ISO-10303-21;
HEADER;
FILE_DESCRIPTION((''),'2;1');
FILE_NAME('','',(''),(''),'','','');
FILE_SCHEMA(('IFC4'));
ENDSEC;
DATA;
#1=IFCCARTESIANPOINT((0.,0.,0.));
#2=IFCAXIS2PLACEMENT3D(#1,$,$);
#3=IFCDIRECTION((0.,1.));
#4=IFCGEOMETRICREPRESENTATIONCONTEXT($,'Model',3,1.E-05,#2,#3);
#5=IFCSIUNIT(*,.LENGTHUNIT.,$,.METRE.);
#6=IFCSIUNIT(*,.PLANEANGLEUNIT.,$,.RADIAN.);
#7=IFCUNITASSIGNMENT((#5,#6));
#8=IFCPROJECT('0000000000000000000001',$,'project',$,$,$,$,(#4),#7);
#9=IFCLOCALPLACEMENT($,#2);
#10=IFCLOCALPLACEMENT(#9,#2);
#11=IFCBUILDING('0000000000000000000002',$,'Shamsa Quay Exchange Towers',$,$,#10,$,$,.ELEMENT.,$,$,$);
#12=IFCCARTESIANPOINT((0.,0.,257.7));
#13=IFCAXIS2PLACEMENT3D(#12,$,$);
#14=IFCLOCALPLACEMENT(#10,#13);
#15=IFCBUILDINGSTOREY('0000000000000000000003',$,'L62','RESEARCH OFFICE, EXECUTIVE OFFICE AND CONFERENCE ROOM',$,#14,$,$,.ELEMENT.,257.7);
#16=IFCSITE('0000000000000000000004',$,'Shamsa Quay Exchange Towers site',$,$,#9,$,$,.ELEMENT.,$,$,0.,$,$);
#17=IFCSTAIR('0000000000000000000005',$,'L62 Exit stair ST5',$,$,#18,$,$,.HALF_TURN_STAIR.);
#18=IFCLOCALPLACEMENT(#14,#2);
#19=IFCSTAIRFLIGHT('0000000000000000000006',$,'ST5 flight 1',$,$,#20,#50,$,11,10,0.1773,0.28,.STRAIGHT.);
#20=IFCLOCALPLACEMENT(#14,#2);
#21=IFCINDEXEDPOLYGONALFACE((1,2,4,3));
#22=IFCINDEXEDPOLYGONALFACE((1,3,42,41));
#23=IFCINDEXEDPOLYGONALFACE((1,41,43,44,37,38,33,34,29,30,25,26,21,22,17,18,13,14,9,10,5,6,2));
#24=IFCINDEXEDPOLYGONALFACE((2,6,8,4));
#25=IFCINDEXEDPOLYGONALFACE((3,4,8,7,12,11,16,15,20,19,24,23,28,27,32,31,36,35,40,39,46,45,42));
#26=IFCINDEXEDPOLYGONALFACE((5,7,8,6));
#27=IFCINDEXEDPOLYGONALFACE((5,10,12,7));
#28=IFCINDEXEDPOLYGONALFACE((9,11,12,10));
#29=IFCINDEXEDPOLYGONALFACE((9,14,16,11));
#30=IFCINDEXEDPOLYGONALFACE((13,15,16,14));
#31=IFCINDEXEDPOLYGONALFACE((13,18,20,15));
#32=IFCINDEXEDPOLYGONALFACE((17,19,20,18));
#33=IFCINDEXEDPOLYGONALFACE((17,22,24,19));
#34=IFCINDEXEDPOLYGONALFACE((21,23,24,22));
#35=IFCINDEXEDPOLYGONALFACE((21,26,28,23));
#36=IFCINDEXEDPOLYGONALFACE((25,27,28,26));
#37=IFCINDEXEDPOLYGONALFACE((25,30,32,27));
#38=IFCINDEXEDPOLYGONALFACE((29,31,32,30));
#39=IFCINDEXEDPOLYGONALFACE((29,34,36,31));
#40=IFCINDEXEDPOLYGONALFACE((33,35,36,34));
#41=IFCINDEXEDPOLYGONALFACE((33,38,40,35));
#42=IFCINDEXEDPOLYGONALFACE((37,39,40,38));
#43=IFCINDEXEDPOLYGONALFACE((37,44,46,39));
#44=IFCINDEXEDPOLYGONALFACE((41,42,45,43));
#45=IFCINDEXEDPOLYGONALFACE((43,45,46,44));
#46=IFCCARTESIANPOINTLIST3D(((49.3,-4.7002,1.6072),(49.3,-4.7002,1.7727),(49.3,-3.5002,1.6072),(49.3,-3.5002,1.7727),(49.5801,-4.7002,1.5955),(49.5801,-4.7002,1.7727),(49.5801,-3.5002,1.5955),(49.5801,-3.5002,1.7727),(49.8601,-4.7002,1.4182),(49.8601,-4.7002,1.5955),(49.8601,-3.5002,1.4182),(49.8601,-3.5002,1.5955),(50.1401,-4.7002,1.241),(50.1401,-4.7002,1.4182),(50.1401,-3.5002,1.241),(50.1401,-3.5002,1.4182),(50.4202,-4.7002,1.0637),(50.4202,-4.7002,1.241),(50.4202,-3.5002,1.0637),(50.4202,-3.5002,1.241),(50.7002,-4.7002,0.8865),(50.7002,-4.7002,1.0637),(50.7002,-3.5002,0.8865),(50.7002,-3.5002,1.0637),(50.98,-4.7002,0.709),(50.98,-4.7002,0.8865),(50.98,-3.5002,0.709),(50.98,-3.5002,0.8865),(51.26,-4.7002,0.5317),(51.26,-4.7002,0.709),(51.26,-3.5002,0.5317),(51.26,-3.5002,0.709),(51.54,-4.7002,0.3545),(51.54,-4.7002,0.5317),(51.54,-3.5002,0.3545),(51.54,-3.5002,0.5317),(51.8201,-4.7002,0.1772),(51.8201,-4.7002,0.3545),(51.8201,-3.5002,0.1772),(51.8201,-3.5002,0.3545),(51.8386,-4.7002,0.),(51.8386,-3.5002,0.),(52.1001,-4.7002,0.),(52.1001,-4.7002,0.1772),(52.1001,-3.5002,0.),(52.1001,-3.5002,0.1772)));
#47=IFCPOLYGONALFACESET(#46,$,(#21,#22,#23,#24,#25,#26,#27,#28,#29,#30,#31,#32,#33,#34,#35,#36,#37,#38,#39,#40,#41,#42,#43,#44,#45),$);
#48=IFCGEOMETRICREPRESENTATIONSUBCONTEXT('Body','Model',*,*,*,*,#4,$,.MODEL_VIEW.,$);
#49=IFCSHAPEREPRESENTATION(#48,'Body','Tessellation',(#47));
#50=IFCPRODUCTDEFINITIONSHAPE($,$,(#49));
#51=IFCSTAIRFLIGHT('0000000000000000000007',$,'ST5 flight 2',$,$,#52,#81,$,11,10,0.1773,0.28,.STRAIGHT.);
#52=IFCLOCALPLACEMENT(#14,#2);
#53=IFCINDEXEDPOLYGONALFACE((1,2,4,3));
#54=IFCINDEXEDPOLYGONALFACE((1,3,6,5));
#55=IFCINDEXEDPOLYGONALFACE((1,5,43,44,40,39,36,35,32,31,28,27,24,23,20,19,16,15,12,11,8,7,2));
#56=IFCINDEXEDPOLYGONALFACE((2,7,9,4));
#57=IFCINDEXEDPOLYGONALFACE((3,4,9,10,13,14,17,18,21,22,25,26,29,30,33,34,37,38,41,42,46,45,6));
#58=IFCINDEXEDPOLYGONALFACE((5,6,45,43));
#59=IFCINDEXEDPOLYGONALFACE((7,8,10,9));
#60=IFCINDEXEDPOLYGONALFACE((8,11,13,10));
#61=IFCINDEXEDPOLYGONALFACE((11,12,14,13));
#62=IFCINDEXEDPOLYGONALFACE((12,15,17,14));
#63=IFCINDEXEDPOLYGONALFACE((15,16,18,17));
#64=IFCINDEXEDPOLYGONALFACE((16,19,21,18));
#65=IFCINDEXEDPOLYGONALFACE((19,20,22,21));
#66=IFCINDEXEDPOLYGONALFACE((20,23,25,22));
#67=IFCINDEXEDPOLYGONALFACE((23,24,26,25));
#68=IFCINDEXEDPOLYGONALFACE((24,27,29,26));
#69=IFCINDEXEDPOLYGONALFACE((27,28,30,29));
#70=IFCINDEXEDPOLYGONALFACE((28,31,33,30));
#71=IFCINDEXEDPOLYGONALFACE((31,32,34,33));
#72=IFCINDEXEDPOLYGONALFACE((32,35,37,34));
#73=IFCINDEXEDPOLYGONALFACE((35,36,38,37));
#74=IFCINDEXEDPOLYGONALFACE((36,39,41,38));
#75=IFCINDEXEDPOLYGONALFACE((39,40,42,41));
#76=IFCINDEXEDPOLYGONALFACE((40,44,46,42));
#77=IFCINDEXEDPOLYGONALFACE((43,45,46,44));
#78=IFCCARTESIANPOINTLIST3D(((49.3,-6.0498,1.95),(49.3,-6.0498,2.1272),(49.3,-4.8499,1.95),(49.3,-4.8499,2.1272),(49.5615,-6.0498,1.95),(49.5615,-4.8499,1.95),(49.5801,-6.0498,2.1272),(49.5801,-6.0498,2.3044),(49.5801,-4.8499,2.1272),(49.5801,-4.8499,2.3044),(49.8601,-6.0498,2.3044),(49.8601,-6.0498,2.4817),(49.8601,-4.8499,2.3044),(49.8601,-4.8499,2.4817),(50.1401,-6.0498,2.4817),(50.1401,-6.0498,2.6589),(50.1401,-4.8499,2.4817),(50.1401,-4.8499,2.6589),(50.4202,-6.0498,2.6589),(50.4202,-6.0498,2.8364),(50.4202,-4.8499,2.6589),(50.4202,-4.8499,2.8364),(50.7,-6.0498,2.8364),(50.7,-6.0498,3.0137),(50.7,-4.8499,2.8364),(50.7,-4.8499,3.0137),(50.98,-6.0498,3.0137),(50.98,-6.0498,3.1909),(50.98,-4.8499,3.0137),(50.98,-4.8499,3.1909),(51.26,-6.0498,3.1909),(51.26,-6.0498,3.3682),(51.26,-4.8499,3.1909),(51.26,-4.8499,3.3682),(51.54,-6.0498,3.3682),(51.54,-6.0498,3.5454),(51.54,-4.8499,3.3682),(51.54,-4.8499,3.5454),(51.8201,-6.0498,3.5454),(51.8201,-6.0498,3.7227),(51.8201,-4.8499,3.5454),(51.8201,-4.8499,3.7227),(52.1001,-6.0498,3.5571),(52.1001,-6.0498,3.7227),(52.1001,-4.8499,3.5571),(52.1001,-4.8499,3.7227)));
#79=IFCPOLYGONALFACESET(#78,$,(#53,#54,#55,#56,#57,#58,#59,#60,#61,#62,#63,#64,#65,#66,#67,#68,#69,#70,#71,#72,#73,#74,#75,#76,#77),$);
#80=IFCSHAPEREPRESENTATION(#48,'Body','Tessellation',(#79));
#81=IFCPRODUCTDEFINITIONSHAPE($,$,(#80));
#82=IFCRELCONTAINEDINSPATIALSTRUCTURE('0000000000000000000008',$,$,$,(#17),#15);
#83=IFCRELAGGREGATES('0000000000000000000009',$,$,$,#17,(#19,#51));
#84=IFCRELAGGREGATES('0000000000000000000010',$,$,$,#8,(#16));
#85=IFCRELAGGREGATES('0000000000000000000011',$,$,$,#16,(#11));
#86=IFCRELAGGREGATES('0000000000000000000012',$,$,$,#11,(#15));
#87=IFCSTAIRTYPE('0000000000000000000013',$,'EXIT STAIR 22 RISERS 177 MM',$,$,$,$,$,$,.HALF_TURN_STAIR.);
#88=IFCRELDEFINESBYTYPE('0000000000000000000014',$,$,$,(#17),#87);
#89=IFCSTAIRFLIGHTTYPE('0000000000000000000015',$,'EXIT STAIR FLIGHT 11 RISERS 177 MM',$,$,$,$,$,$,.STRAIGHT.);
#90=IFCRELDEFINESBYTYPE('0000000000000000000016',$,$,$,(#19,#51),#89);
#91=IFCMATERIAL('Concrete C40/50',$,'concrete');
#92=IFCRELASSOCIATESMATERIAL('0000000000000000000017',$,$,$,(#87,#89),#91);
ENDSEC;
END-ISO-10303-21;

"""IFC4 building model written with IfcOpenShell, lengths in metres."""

from ifc_helpers import new_model, si_unit, direction, frame, origin, place, context, subcontext, project, spatial, polyline, outline, extrude, material, type_object, element, aggregate, save


model = new_model("IFC4")

# Units and contexts
model_context = context("Model", 3, precision=1e-05, world=origin(), true_north=direction((0.0, 1.0)))
body_context = subcontext(model_context, "Body", "Model", "MODEL_VIEW")
ifc_project = project(units=[si_unit("LENGTHUNIT", "METRE"), si_unit("PLANEANGLEUNIT", "RADIAN")], contexts=[model_context])

# Site, building, storey
site_placement = place(None, origin())
site = spatial("IfcSite", under=ifc_project, at=site_placement, Name="Shamsa Quay Exchange Towers site", CompositionType="ELEMENT", RefElevation=0.0)
building_placement = place(site_placement, origin())
building = spatial("IfcBuilding", under=site, at=building_placement, Name="Shamsa Quay Exchange Towers", CompositionType="ELEMENT")
storey_placement = place(building_placement, frame((0.0, 0.0, 257.7)))
storey = spatial("IfcBuildingStorey", under=building, at=storey_placement, Name="L62", Description="RESEARCH OFFICE, EXECUTIVE OFFICE AND CONFERENCE ROOM", CompositionType="ELEMENT", Elevation=257.7)

# Stair, stair flights
ifc_material_1 = material(Name="Concrete C40/50", Category="concrete")
stair_type = type_object("IfcStairType", Name="EXIT STAIR 22 RISERS 177 MM", PredefinedType="HALF_TURN_STAIR", material=ifc_material_1)
stair_placement = place(storey_placement, origin())
stair = element("IfcStair", 1, at=stair_placement, inside=storey, type_object=stair_type, Name="L62 Exit stair ST5", PredefinedType="HALF_TURN_STAIR")
stair_flight_type = type_object("IfcStairFlightType", Name="EXIT STAIR FLIGHT 11 RISERS 177 MM", PredefinedType="STRAIGHT", material=ifc_material_1)
stair_flight_1_placement = place(storey_placement, frame((52.1001, -4.1001, 0.0), z_axis=(0.0, 0.0, 1.0), x_axis=(-1.0, 0.0, 0.0)))
stair_flight_1 = element("IfcStairFlight", 2, at=stair_flight_1_placement, type_object=stair_flight_type, Name="ST5 flight 1", NumberOfRisers=11, NumberOfTreads=10, PredefinedType="STRAIGHT", RiserHeight=0.1773, TreadLength=0.28, context=body_context, shape_type="SweptSolid", body=[
    extrude(outline(polyline([(0.0, 0.0), (0.0, 0.1772), (0.28, 0.1772), (0.28, 0.3545), (0.5601, 0.3545), (0.5601, 0.5317), (0.8401, 0.5317), (0.8401, 0.709), (1.1201, 0.709), (1.1201, 0.8865), (1.3999, 0.8865), (1.3999, 1.0637), (1.6799, 1.0637), (1.6799, 1.241), (1.96, 1.241), (1.96, 1.4182), (2.24, 1.4182), (2.24, 1.5955), (2.52, 1.5955), (2.52, 1.7727), (2.8, 1.7727), (2.8, 1.95), (2.8, 1.6072), (0.2615, 0.0), (0.0, 0.0)])), frame((0.0, 0.6001, 0.0), z_axis=(0.0, -1.0, 0.0), x_axis=(1.0, 0.0, 0.0)), (0.0, 0.0, 1.0), 1.2),
])
stair_flight_2_placement = place(storey_placement, frame((49.3, -5.45, 1.95)))
stair_flight_2 = element("IfcStairFlight", 3, at=stair_flight_2_placement, type_object=stair_flight_type, Name="ST5 flight 2", NumberOfRisers=11, NumberOfTreads=10, PredefinedType="STRAIGHT", RiserHeight=0.1773, TreadLength=0.28, context=body_context, shape_type="SweptSolid", body=[
    extrude(outline(polyline([(0.0, 0.0), (0.0, 0.1772), (0.28, 0.1772), (0.28, 0.3545), (0.5601, 0.3545), (0.5601, 0.5317), (0.8401, 0.5317), (0.8401, 0.709), (1.1201, 0.709), (1.1201, 0.8865), (1.3999, 0.8865), (1.3999, 1.0637), (1.6799, 1.0637), (1.6799, 1.241), (1.96, 1.241), (1.96, 1.4182), (2.24, 1.4182), (2.24, 1.5955), (2.52, 1.5955), (2.52, 1.7727), (2.8, 1.7727), (2.8, 1.95), (2.8, 1.6072), (0.2615, 0.0), (0.0, 0.0)])), frame((0.0, 0.6001, 0.0), z_axis=(0.0, -1.0, 0.0), x_axis=(1.0, 0.0, 0.0)), (0.0, 0.0, 1.0), 1.2),
])
aggregate(stair, [stair_flight_1, stair_flight_2])

save(model, "model.ifc")
